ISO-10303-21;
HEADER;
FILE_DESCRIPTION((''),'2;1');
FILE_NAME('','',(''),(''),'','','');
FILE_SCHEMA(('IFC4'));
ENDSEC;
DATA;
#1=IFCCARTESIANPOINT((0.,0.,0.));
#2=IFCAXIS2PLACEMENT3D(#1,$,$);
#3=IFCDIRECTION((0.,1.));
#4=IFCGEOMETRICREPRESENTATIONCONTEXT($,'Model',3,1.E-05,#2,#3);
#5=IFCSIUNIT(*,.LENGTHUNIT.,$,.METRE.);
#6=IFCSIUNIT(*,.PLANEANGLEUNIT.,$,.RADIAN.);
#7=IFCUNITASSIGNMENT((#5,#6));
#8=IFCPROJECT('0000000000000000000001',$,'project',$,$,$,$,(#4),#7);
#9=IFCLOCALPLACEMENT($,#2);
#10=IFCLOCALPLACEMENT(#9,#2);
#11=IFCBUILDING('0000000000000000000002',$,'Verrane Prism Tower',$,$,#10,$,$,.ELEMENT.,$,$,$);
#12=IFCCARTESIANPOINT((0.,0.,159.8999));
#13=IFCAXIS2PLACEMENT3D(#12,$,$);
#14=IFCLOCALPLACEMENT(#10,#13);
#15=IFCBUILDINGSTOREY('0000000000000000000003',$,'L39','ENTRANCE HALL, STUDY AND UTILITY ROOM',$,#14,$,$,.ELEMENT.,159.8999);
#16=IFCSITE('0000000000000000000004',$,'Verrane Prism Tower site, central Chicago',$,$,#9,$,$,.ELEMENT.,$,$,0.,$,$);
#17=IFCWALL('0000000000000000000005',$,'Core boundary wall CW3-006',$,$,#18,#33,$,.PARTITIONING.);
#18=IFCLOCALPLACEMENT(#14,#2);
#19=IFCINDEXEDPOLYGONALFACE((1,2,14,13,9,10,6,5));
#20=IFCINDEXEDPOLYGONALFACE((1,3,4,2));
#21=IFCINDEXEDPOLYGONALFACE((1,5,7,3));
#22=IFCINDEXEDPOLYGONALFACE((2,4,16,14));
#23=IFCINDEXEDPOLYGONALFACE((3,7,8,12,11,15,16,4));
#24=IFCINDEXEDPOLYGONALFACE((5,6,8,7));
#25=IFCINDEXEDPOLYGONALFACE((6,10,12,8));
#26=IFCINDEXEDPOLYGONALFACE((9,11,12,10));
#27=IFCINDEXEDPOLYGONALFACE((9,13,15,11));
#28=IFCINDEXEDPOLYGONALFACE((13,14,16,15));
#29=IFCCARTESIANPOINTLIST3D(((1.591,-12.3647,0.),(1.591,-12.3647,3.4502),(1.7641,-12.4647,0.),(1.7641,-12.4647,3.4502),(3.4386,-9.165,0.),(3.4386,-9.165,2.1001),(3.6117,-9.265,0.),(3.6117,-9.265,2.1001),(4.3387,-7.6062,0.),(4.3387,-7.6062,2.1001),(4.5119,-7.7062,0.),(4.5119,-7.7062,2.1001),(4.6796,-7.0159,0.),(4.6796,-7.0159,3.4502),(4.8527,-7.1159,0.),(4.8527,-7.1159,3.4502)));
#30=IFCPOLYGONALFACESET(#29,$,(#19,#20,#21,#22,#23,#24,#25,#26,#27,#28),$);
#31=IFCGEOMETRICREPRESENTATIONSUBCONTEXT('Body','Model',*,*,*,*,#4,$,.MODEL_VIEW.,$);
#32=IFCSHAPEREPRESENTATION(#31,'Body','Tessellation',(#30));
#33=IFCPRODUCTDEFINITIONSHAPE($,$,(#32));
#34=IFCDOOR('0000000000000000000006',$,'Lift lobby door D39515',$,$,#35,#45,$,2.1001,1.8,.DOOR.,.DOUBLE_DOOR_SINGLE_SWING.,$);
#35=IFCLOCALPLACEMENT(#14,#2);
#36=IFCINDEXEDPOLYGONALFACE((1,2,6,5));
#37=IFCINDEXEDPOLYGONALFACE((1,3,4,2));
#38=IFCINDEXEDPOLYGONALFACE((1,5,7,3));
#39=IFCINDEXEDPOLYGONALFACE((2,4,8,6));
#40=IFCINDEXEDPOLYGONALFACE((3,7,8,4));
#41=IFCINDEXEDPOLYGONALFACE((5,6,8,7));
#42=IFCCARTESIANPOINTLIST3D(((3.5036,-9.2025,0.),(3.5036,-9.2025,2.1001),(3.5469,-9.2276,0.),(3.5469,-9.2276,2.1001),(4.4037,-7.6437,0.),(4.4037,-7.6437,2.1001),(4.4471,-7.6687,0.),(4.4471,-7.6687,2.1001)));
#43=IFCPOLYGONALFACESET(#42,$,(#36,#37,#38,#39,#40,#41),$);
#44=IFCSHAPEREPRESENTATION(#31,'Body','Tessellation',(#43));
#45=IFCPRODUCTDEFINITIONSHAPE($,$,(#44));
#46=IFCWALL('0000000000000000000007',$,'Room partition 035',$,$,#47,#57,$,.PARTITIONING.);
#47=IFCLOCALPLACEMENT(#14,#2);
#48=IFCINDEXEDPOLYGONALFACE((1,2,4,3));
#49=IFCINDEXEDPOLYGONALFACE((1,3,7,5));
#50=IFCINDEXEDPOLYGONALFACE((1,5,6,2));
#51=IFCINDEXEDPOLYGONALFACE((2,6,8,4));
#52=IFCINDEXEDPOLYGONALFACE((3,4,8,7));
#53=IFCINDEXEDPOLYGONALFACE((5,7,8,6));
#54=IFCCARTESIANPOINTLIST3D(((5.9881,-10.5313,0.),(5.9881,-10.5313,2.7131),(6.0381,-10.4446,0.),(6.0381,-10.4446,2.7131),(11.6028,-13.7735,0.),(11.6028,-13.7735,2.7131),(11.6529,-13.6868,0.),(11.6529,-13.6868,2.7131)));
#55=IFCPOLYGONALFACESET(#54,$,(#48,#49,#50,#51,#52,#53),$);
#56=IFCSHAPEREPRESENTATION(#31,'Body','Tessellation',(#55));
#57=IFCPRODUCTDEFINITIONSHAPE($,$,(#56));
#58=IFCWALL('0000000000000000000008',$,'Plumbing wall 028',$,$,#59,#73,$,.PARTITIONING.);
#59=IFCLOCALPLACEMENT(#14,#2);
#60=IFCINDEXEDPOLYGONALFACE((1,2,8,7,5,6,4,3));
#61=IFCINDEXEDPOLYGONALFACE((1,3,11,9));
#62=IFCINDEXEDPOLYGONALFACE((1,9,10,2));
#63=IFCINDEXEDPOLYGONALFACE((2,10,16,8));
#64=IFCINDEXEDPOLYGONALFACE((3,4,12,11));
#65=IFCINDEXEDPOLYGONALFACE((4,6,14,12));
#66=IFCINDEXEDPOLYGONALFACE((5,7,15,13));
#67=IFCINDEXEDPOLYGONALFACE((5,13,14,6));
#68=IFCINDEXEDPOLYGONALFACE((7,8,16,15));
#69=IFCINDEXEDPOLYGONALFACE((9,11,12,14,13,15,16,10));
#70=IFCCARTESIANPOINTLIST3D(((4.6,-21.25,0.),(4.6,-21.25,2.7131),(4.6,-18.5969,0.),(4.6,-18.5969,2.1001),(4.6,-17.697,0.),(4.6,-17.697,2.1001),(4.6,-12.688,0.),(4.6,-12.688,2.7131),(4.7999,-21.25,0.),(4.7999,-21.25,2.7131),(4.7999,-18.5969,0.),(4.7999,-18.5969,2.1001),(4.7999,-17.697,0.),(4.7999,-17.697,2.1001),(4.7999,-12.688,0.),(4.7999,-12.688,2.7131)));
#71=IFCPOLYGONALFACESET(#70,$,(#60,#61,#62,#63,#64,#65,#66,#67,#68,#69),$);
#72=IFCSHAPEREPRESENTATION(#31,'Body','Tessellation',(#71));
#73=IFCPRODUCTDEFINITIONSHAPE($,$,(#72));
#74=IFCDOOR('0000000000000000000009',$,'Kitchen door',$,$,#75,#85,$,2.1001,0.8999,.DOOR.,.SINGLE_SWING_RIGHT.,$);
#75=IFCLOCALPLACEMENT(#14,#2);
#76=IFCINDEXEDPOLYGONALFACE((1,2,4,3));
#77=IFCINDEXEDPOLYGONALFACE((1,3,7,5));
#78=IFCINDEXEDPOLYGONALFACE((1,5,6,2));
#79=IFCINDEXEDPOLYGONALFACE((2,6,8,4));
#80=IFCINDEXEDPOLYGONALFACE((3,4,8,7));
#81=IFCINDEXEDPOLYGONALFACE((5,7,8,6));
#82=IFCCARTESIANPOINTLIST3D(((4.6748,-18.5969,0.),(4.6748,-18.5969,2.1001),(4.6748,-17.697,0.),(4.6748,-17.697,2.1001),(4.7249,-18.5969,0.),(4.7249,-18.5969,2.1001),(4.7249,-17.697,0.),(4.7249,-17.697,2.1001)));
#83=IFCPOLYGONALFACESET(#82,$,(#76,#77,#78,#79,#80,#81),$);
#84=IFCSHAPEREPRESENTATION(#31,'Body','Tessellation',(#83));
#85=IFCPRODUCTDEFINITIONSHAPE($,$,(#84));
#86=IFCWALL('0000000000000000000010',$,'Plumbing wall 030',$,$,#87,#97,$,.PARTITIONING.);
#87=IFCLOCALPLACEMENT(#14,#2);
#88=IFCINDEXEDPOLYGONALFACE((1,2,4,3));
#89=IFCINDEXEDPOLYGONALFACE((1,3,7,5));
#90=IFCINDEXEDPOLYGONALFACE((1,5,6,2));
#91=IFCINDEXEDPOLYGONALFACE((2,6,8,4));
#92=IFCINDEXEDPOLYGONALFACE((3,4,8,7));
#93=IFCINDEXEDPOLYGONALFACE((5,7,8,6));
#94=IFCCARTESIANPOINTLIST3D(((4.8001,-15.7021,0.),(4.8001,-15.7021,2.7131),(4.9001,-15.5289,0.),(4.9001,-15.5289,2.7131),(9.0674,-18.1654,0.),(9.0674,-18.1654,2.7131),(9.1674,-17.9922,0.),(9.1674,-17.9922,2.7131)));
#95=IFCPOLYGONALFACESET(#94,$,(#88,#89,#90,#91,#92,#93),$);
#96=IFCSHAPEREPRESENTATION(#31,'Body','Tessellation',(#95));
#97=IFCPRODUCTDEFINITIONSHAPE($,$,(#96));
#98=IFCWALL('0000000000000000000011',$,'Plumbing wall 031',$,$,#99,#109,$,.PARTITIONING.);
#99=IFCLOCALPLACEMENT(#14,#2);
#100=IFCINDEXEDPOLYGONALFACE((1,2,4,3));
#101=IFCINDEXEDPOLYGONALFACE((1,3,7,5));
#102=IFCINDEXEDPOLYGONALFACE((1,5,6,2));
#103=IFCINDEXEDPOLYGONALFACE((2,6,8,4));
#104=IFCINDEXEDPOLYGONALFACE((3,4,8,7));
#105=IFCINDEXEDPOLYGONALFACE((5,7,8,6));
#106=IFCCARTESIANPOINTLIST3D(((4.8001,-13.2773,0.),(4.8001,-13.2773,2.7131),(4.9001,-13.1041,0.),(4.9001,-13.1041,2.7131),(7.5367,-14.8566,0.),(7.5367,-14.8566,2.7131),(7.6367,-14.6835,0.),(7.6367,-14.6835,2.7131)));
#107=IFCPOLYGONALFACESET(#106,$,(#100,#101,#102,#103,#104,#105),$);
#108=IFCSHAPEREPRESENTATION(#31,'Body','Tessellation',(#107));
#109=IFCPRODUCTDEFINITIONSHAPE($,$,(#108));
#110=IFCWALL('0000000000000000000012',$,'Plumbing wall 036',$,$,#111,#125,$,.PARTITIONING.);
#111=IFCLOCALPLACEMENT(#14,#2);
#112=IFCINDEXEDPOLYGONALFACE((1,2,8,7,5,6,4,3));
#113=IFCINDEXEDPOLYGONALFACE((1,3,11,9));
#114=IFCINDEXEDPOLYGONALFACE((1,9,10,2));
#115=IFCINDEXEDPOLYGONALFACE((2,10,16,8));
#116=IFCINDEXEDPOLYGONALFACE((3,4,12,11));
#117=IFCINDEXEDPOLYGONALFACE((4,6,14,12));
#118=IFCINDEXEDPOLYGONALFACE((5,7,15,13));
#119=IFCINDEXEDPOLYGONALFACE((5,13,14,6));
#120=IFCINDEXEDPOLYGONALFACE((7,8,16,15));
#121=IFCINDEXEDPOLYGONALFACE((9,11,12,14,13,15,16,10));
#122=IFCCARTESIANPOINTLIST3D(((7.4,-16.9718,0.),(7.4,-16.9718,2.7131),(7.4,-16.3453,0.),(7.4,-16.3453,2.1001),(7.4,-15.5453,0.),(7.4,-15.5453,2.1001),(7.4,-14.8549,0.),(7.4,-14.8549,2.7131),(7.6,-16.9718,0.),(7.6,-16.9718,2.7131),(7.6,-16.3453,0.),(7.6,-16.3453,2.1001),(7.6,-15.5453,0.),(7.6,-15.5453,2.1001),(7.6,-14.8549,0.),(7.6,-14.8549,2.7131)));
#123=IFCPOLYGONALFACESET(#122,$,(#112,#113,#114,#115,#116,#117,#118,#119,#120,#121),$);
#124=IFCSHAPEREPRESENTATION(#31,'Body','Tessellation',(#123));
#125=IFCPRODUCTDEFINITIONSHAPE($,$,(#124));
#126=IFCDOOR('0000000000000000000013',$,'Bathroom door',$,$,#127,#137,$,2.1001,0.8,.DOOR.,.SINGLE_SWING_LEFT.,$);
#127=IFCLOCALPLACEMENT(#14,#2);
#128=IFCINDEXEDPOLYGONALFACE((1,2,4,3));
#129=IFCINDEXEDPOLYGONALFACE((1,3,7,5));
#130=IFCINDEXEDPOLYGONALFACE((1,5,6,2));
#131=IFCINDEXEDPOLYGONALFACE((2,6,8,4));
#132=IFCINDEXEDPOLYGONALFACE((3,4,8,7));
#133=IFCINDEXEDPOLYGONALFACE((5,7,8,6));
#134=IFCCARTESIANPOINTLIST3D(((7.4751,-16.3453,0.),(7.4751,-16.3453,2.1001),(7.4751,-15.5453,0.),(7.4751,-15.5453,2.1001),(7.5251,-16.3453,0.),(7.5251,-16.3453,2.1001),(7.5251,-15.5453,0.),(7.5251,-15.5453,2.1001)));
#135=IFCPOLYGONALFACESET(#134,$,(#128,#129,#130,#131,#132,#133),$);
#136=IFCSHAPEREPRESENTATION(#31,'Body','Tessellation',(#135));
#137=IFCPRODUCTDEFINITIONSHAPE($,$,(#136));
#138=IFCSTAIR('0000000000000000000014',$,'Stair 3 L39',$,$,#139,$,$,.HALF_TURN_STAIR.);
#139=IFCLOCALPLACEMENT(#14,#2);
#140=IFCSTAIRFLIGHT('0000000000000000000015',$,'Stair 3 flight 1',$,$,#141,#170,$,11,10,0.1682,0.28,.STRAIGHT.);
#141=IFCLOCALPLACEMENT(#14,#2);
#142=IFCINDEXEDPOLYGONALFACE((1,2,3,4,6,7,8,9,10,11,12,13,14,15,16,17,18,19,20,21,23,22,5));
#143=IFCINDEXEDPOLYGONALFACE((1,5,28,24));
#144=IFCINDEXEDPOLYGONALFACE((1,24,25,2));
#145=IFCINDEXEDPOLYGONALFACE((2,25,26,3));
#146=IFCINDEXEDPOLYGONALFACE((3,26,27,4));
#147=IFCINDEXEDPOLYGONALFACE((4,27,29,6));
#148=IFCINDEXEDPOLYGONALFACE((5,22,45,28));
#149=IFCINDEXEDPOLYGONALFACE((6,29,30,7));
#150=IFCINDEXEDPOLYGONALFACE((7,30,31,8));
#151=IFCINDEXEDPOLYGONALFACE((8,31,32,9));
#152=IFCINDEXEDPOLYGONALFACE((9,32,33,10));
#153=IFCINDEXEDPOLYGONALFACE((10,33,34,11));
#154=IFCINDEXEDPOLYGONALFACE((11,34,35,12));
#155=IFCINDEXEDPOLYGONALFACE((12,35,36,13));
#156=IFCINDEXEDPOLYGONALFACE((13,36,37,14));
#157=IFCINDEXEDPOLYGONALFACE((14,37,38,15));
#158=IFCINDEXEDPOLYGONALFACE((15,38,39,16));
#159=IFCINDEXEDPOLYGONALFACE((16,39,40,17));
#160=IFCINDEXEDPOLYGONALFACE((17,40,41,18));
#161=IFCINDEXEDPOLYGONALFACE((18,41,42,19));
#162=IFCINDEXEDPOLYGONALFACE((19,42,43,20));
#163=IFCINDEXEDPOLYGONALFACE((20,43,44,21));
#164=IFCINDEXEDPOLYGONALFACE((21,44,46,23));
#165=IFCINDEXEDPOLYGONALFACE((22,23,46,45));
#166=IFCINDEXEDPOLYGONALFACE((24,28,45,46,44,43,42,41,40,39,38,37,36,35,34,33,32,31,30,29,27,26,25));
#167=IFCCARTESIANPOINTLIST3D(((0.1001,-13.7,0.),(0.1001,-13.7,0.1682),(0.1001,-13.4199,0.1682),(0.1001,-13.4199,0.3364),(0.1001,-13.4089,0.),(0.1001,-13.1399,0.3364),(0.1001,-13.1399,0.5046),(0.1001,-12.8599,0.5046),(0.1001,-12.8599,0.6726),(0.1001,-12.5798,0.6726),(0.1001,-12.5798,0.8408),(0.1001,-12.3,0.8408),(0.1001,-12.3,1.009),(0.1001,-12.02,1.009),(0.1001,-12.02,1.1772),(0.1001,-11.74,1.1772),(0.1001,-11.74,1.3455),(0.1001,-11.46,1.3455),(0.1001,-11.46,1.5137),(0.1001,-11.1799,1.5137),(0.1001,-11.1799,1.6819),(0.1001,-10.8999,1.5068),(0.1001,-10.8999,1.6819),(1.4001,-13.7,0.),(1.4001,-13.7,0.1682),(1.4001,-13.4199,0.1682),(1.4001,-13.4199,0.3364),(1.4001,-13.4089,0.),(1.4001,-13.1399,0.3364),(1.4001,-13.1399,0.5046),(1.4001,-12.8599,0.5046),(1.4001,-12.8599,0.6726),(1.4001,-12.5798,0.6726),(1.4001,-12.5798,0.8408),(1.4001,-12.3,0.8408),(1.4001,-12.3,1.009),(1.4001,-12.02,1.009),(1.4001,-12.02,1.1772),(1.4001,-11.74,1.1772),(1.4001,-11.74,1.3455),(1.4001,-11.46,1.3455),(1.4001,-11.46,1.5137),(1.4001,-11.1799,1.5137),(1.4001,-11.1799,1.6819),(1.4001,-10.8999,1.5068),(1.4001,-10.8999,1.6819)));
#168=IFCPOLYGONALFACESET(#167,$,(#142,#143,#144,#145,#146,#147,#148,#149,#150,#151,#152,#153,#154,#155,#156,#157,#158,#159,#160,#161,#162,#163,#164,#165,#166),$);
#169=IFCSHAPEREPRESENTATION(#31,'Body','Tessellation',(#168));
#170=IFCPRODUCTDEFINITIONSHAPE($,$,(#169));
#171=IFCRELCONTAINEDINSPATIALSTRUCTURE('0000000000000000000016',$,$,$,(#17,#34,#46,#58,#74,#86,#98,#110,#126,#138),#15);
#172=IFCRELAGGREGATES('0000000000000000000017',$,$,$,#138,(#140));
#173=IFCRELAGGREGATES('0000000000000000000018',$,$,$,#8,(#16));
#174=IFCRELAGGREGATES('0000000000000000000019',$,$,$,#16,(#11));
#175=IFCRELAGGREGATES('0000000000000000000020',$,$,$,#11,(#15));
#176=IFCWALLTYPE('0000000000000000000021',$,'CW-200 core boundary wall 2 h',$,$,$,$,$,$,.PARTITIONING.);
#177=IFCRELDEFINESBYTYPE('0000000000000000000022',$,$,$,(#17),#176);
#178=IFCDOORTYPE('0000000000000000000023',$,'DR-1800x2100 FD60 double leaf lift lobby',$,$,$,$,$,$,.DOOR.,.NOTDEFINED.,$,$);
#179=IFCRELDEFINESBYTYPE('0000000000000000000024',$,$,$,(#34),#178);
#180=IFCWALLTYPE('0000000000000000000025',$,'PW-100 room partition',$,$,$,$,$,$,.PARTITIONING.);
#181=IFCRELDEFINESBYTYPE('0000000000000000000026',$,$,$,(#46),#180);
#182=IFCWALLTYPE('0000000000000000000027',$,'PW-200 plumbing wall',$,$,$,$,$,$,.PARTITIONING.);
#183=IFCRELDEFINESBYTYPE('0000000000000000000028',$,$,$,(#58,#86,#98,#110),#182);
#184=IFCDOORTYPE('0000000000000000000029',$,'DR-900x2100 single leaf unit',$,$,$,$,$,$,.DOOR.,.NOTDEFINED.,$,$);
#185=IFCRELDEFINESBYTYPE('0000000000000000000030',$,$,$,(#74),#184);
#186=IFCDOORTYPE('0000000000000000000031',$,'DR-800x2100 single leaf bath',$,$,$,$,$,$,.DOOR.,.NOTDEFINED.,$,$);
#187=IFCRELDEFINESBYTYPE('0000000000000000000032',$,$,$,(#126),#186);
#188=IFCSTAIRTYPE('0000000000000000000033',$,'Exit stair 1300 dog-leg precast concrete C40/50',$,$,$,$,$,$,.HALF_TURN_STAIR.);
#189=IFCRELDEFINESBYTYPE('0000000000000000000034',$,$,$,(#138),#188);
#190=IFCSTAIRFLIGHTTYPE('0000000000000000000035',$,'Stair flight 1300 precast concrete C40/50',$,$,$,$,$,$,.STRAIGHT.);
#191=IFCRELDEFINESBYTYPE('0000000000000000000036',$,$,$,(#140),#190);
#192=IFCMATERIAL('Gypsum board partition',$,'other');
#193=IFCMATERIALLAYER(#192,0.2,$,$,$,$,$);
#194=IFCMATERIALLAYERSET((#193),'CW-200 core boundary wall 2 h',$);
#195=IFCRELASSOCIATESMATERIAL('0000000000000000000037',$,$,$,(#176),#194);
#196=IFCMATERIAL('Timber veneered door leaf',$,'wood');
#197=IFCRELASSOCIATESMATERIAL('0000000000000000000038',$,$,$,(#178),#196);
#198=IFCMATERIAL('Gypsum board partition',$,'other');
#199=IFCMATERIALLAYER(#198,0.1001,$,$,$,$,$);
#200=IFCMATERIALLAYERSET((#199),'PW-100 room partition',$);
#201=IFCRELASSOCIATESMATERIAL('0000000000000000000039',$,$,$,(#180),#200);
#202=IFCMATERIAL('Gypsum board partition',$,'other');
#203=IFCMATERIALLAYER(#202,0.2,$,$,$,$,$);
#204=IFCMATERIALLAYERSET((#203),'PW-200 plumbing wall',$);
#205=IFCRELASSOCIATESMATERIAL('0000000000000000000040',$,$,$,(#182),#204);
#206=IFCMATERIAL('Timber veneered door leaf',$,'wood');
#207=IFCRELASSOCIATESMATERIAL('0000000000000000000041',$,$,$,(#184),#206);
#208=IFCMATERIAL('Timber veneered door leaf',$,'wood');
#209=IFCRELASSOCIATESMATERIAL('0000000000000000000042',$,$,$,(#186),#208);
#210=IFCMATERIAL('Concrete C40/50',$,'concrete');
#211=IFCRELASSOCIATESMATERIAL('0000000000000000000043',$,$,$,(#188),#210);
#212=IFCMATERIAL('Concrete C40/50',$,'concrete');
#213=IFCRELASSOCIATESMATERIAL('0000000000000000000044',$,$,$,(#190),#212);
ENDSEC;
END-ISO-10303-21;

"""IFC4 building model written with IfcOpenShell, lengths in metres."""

from ifc_helpers import new_model, si_unit, direction, frame, frame_2d, origin, place, context, subcontext, project, spatial, polyline, rectangle, outline, extrude, material, layer, layer_set, type_object, element, fill, aggregate, save


model = new_model("IFC4")

# Units and contexts
model_context = context("Model", 3, precision=1e-05, world=origin(), true_north=direction((0.0, 1.0)))
body_context = subcontext(model_context, "Body", "Model", "MODEL_VIEW")
ifc_project = project(units=[si_unit("LENGTHUNIT", "METRE"), si_unit("PLANEANGLEUNIT", "RADIAN")], contexts=[model_context])

# Site, building, storey
site_placement = place(None, origin())
site = spatial("IfcSite", under=ifc_project, at=site_placement, Name="Verrane Prism Tower site, central Chicago", CompositionType="ELEMENT", RefElevation=0.0)
building_placement = place(site_placement, origin())
building = spatial("IfcBuilding", under=site, at=building_placement, Name="Verrane Prism Tower", CompositionType="ELEMENT")
storey_placement = place(building_placement, frame((0.0, 0.0, 159.8999)))
storey = spatial("IfcBuildingStorey", under=building, at=storey_placement, Name="L39", Description="ENTRANCE HALL, STUDY AND UTILITY ROOM", CompositionType="ELEMENT", Elevation=159.8999)

# Wall, opening, door
ifc_material_1 = material(Name="Gypsum board partition", Category="other")
ifc_layer_1 = layer(ifc_material_1, 0.2)
ifc_layer_set_1 = layer_set([ifc_layer_1], Name="CW-200 core boundary wall 2 h")
wall_type_1 = type_object("IfcWallType", Name="CW-200 core boundary wall 2 h", PredefinedType="PARTITIONING", material=ifc_layer_set_1)
wall_1_placement = place(storey_placement, frame((1.6775, -12.4148, 0.0), z_axis=(0.0, 0.0, 1.0), x_axis=(0.500054, 0.865994, 0.0)))
wall_1 = element("IfcWall", 1, at=wall_1_placement, inside=storey, type_object=wall_type_1, Name="Core boundary wall CW3-006", PredefinedType="PARTITIONING", context=body_context, shape_type="SweptSolid", body=[
    extrude(rectangle(XDim=6.1765, YDim=0.2, at=frame_2d((3.0884, 0.0))), origin(), (0.0, 0.0, 1.0), 3.4502),
])
opening_1_placement = place(wall_1_placement, frame((3.6951, 0.0, 0.0)))
opening_1 = element("IfcOpeningElement", 2, at=opening_1_placement, cuts=wall_1, PredefinedType="OPENING", context=body_context, shape_type="SweptSolid", body=[
    extrude(rectangle(XDim=1.8, YDim=2.1001, at=frame_2d((0.8999, 1.05))), frame((0.0, 0.1099, 0.0), z_axis=(0.0, -1.0, 0.0), x_axis=(1.0, 0.0, 0.0)), (0.0, 0.0, 1.0), 0.22),
])
ifc_material_2 = material(Name="Timber veneered door leaf", Category="wood")
door_type_1 = type_object("IfcDoorType", Name="DR-1800x2100 FD60 double leaf lift lobby", OperationType="NOTDEFINED", PredefinedType="DOOR", material=ifc_material_2)
door_1_placement = place(opening_1_placement, origin())
door_1 = element("IfcDoor", 3, at=door_1_placement, inside=storey, type_object=door_type_1, Name="Lift lobby door D39515", OperationType="DOUBLE_DOOR_SINGLE_SWING", OverallHeight=2.1001, OverallWidth=1.8, PredefinedType="DOOR", context=body_context, shape_type="SweptSolid", body=[
    extrude(rectangle(XDim=1.8, YDim=2.1001, at=frame_2d((0.8999, 1.05))), frame((0.0, 0.0249, 0.0), z_axis=(0.0, -1.0, 0.0), x_axis=(1.0, 0.0, 0.0)), (0.0, 0.0, 1.0), 0.05),
])
fill(opening_1, door_1)

# Wall
ifc_material_3 = material(Name="Gypsum board partition", Category="other")
ifc_layer_2 = layer(ifc_material_3, 0.1001)
ifc_layer_set_2 = layer_set([ifc_layer_2], Name="PW-100 room partition")
wall_type_2 = type_object("IfcWallType", Name="PW-100 room partition", PredefinedType="PARTITIONING", material=ifc_layer_set_2)
wall_2_placement = place(storey_placement, frame((6.0132, -10.488, 0.0), z_axis=(0.0, 0.0, 1.0), x_axis=(0.865991, -0.500059, 0.0)))
element("IfcWall", 4, at=wall_2_placement, inside=storey, type_object=wall_type_2, Name="Room partition 035", PredefinedType="PARTITIONING", context=body_context, shape_type="SweptSolid", body=[
    extrude(rectangle(XDim=6.4836, YDim=0.1001, at=frame_2d((3.2417, 0.0))), origin(), (0.0, 0.0, 1.0), 2.7131),
])

# Wall, opening, door
ifc_material_4 = material(Name="Gypsum board partition", Category="other")
ifc_layer_3 = layer(ifc_material_4, 0.2)
ifc_layer_set_3 = layer_set([ifc_layer_3], Name="PW-200 plumbing wall")
wall_type_3 = type_object("IfcWallType", Name="PW-200 plumbing wall", PredefinedType="PARTITIONING", material=ifc_layer_set_3)
wall_3_placement = place(storey_placement, frame((4.7, -12.688, 0.0), z_axis=(0.0, 0.0, 1.0), x_axis=(0.0, -1.0, 0.0)))
wall_3 = element("IfcWall", 5, at=wall_3_placement, inside=storey, type_object=wall_type_3, Name="Plumbing wall 028", PredefinedType="PARTITIONING", context=body_context, shape_type="SweptSolid", body=[
    extrude(rectangle(XDim=8.562, YDim=0.2, at=frame_2d((4.281, 0.0))), origin(), (0.0, 0.0, 1.0), 2.7131),
])
opening_2_placement = place(wall_3_placement, frame((5.009, 0.0, 0.0)))
opening_2 = element("IfcOpeningElement", 6, at=opening_2_placement, cuts=wall_3, PredefinedType="OPENING", context=body_context, shape_type="SweptSolid", body=[
    extrude(rectangle(XDim=0.8999, YDim=2.1001, at=frame_2d((0.45, 1.05))), frame((0.0, 0.1099, 0.0), z_axis=(0.0, -1.0, 0.0), x_axis=(1.0, 0.0, 0.0)), (0.0, 0.0, 1.0), 0.22),
])
ifc_material_5 = material(Name="Timber veneered door leaf", Category="wood")
door_type_2 = type_object("IfcDoorType", Name="DR-900x2100 single leaf unit", OperationType="NOTDEFINED", PredefinedType="DOOR", material=ifc_material_5)
door_2_placement = place(opening_2_placement, origin())
door_2 = element("IfcDoor", 7, at=door_2_placement, inside=storey, type_object=door_type_2, Name="Kitchen door", OperationType="SINGLE_SWING_RIGHT", OverallHeight=2.1001, OverallWidth=0.8999, PredefinedType="DOOR", context=body_context, shape_type="SweptSolid", body=[
    extrude(rectangle(XDim=0.8999, YDim=2.1001, at=frame_2d((0.45, 1.05))), frame((0.0, 0.0249, 0.0), z_axis=(0.0, -1.0, 0.0), x_axis=(1.0, 0.0, 0.0)), (0.0, 0.0, 1.0), 0.05),
])
fill(opening_2, door_2)

# Walls
wall_4_placement = place(storey_placement, frame((4.8501, -15.6155, 0.0), z_axis=(0.0, 0.0, 1.0), x_axis=(0.866058, -0.499944, 0.0)))
element("IfcWall", 8, at=wall_4_placement, inside=storey, type_object=wall_type_3, Name="Plumbing wall 030", PredefinedType="PARTITIONING", context=body_context, shape_type="SweptSolid", body=[
    extrude(rectangle(XDim=4.9272, YDim=0.2, at=frame_2d((2.4636, 0.0))), origin(), (0.0, 0.0, 1.0), 2.7131),
])
wall_5_placement = place(storey_placement, frame((4.8501, -13.1907, 0.0), z_axis=(0.0, 0.0, 1.0), x_axis=(0.86611, -0.499854, 0.0)))
element("IfcWall", 9, at=wall_5_placement, inside=storey, type_object=wall_type_3, Name="Plumbing wall 031", PredefinedType="PARTITIONING", context=body_context, shape_type="SweptSolid", body=[
    extrude(rectangle(XDim=3.1597, YDim=0.2, at=frame_2d((1.5798, 0.0))), origin(), (0.0, 0.0, 1.0), 2.7131),
])

# Wall, opening, door
wall_6_placement = place(storey_placement, frame((7.5, -16.9719, 0.0), z_axis=(0.0, 0.0, 1.0), x_axis=(0.0, 1.0, 0.0)))
wall_6 = element("IfcWall", 10, at=wall_6_placement, inside=storey, type_object=wall_type_3, Name="Plumbing wall 036", PredefinedType="PARTITIONING", context=body_context, shape_type="SweptSolid", body=[
    extrude(rectangle(XDim=2.1169, YDim=0.2, at=frame_2d((1.0586, 0.0))), origin(), (0.0, 0.0, 1.0), 2.7131),
])
opening_3_placement = place(wall_6_placement, frame((0.6267, 0.0, 0.0)))
opening_3 = element("IfcOpeningElement", 11, at=opening_3_placement, cuts=wall_6, PredefinedType="OPENING", context=body_context, shape_type="SweptSolid", body=[
    extrude(rectangle(XDim=0.8, YDim=2.1001, at=frame_2d((0.3999, 1.05))), frame((0.0, 0.1099, 0.0), z_axis=(0.0, -1.0, 0.0), x_axis=(1.0, 0.0, 0.0)), (0.0, 0.0, 1.0), 0.22),
])
ifc_material_6 = material(Name="Timber veneered door leaf", Category="wood")
door_type_3 = type_object("IfcDoorType", Name="DR-800x2100 single leaf bath", OperationType="NOTDEFINED", PredefinedType="DOOR", material=ifc_material_6)
door_3_placement = place(opening_3_placement, origin())
door_3 = element("IfcDoor", 12, at=door_3_placement, inside=storey, type_object=door_type_3, Name="Bathroom door", OperationType="SINGLE_SWING_LEFT", OverallHeight=2.1001, OverallWidth=0.8, PredefinedType="DOOR", context=body_context, shape_type="SweptSolid", body=[
    extrude(rectangle(XDim=0.8, YDim=2.1001, at=frame_2d((0.3999, 1.05))), frame((0.0, 0.0249, 0.0), z_axis=(0.0, -1.0, 0.0), x_axis=(1.0, 0.0, 0.0)), (0.0, 0.0, 1.0), 0.05),
])
fill(opening_3, door_3)

# Stair, stair flight
ifc_material_7 = material(Name="Concrete C40/50", Category="concrete")
stair_type = type_object("IfcStairType", Name="Exit stair 1300 dog-leg precast concrete C40/50", PredefinedType="HALF_TURN_STAIR", material=ifc_material_7)
stair_placement = place(storey_placement, origin())
stair = element("IfcStair", 13, at=stair_placement, inside=storey, type_object=stair_type, Name="Stair 3 L39", PredefinedType="HALF_TURN_STAIR")
ifc_material_8 = material(Name="Concrete C40/50", Category="concrete")
stair_flight_type = type_object("IfcStairFlightType", Name="Stair flight 1300 precast concrete C40/50", PredefinedType="STRAIGHT", material=ifc_material_8)
stair_flight_placement = place(storey_placement, frame((0.75, -13.7, 0.0), z_axis=(0.0, 0.0, 1.0), x_axis=(0.0, 1.0, 0.0)))
stair_flight = element("IfcStairFlight", 14, at=stair_flight_placement, type_object=stair_flight_type, Name="Stair 3 flight 1", NumberOfRisers=11, NumberOfTreads=10, PredefinedType="STRAIGHT", RiserHeight=0.1682, TreadLength=0.28, context=body_context, shape_type="SweptSolid", body=[
    extrude(outline(polyline([(0.0, 0.0), (0.0, 0.1682), (0.28, 0.1682), (0.28, 0.3364), (0.5601, 0.3364), (0.5601, 0.5046), (0.8401, 0.5046), (0.8401, 0.6726), (1.1201, 0.6726), (1.1201, 0.8408), (1.3999, 0.8408), (1.3999, 1.009), (1.6799, 1.009), (1.6799, 1.1772), (1.96, 1.1772), (1.96, 1.3455), (2.24, 1.3455), (2.24, 1.5137), (2.52, 1.5137), (2.52, 1.6819), (2.8, 1.6819), (2.8, 1.8501), (2.8, 1.5068), (0.291, 0.0), (0.0, 0.0)])), frame((0.0, 0.6499, 0.0), z_axis=(0.0, -1.0, 0.0), x_axis=(1.0, 0.0, 0.0)), (0.0, 0.0, 1.0), 1.3),
])
aggregate(stair, [stair_flight])

save(model, "model.ifc")
